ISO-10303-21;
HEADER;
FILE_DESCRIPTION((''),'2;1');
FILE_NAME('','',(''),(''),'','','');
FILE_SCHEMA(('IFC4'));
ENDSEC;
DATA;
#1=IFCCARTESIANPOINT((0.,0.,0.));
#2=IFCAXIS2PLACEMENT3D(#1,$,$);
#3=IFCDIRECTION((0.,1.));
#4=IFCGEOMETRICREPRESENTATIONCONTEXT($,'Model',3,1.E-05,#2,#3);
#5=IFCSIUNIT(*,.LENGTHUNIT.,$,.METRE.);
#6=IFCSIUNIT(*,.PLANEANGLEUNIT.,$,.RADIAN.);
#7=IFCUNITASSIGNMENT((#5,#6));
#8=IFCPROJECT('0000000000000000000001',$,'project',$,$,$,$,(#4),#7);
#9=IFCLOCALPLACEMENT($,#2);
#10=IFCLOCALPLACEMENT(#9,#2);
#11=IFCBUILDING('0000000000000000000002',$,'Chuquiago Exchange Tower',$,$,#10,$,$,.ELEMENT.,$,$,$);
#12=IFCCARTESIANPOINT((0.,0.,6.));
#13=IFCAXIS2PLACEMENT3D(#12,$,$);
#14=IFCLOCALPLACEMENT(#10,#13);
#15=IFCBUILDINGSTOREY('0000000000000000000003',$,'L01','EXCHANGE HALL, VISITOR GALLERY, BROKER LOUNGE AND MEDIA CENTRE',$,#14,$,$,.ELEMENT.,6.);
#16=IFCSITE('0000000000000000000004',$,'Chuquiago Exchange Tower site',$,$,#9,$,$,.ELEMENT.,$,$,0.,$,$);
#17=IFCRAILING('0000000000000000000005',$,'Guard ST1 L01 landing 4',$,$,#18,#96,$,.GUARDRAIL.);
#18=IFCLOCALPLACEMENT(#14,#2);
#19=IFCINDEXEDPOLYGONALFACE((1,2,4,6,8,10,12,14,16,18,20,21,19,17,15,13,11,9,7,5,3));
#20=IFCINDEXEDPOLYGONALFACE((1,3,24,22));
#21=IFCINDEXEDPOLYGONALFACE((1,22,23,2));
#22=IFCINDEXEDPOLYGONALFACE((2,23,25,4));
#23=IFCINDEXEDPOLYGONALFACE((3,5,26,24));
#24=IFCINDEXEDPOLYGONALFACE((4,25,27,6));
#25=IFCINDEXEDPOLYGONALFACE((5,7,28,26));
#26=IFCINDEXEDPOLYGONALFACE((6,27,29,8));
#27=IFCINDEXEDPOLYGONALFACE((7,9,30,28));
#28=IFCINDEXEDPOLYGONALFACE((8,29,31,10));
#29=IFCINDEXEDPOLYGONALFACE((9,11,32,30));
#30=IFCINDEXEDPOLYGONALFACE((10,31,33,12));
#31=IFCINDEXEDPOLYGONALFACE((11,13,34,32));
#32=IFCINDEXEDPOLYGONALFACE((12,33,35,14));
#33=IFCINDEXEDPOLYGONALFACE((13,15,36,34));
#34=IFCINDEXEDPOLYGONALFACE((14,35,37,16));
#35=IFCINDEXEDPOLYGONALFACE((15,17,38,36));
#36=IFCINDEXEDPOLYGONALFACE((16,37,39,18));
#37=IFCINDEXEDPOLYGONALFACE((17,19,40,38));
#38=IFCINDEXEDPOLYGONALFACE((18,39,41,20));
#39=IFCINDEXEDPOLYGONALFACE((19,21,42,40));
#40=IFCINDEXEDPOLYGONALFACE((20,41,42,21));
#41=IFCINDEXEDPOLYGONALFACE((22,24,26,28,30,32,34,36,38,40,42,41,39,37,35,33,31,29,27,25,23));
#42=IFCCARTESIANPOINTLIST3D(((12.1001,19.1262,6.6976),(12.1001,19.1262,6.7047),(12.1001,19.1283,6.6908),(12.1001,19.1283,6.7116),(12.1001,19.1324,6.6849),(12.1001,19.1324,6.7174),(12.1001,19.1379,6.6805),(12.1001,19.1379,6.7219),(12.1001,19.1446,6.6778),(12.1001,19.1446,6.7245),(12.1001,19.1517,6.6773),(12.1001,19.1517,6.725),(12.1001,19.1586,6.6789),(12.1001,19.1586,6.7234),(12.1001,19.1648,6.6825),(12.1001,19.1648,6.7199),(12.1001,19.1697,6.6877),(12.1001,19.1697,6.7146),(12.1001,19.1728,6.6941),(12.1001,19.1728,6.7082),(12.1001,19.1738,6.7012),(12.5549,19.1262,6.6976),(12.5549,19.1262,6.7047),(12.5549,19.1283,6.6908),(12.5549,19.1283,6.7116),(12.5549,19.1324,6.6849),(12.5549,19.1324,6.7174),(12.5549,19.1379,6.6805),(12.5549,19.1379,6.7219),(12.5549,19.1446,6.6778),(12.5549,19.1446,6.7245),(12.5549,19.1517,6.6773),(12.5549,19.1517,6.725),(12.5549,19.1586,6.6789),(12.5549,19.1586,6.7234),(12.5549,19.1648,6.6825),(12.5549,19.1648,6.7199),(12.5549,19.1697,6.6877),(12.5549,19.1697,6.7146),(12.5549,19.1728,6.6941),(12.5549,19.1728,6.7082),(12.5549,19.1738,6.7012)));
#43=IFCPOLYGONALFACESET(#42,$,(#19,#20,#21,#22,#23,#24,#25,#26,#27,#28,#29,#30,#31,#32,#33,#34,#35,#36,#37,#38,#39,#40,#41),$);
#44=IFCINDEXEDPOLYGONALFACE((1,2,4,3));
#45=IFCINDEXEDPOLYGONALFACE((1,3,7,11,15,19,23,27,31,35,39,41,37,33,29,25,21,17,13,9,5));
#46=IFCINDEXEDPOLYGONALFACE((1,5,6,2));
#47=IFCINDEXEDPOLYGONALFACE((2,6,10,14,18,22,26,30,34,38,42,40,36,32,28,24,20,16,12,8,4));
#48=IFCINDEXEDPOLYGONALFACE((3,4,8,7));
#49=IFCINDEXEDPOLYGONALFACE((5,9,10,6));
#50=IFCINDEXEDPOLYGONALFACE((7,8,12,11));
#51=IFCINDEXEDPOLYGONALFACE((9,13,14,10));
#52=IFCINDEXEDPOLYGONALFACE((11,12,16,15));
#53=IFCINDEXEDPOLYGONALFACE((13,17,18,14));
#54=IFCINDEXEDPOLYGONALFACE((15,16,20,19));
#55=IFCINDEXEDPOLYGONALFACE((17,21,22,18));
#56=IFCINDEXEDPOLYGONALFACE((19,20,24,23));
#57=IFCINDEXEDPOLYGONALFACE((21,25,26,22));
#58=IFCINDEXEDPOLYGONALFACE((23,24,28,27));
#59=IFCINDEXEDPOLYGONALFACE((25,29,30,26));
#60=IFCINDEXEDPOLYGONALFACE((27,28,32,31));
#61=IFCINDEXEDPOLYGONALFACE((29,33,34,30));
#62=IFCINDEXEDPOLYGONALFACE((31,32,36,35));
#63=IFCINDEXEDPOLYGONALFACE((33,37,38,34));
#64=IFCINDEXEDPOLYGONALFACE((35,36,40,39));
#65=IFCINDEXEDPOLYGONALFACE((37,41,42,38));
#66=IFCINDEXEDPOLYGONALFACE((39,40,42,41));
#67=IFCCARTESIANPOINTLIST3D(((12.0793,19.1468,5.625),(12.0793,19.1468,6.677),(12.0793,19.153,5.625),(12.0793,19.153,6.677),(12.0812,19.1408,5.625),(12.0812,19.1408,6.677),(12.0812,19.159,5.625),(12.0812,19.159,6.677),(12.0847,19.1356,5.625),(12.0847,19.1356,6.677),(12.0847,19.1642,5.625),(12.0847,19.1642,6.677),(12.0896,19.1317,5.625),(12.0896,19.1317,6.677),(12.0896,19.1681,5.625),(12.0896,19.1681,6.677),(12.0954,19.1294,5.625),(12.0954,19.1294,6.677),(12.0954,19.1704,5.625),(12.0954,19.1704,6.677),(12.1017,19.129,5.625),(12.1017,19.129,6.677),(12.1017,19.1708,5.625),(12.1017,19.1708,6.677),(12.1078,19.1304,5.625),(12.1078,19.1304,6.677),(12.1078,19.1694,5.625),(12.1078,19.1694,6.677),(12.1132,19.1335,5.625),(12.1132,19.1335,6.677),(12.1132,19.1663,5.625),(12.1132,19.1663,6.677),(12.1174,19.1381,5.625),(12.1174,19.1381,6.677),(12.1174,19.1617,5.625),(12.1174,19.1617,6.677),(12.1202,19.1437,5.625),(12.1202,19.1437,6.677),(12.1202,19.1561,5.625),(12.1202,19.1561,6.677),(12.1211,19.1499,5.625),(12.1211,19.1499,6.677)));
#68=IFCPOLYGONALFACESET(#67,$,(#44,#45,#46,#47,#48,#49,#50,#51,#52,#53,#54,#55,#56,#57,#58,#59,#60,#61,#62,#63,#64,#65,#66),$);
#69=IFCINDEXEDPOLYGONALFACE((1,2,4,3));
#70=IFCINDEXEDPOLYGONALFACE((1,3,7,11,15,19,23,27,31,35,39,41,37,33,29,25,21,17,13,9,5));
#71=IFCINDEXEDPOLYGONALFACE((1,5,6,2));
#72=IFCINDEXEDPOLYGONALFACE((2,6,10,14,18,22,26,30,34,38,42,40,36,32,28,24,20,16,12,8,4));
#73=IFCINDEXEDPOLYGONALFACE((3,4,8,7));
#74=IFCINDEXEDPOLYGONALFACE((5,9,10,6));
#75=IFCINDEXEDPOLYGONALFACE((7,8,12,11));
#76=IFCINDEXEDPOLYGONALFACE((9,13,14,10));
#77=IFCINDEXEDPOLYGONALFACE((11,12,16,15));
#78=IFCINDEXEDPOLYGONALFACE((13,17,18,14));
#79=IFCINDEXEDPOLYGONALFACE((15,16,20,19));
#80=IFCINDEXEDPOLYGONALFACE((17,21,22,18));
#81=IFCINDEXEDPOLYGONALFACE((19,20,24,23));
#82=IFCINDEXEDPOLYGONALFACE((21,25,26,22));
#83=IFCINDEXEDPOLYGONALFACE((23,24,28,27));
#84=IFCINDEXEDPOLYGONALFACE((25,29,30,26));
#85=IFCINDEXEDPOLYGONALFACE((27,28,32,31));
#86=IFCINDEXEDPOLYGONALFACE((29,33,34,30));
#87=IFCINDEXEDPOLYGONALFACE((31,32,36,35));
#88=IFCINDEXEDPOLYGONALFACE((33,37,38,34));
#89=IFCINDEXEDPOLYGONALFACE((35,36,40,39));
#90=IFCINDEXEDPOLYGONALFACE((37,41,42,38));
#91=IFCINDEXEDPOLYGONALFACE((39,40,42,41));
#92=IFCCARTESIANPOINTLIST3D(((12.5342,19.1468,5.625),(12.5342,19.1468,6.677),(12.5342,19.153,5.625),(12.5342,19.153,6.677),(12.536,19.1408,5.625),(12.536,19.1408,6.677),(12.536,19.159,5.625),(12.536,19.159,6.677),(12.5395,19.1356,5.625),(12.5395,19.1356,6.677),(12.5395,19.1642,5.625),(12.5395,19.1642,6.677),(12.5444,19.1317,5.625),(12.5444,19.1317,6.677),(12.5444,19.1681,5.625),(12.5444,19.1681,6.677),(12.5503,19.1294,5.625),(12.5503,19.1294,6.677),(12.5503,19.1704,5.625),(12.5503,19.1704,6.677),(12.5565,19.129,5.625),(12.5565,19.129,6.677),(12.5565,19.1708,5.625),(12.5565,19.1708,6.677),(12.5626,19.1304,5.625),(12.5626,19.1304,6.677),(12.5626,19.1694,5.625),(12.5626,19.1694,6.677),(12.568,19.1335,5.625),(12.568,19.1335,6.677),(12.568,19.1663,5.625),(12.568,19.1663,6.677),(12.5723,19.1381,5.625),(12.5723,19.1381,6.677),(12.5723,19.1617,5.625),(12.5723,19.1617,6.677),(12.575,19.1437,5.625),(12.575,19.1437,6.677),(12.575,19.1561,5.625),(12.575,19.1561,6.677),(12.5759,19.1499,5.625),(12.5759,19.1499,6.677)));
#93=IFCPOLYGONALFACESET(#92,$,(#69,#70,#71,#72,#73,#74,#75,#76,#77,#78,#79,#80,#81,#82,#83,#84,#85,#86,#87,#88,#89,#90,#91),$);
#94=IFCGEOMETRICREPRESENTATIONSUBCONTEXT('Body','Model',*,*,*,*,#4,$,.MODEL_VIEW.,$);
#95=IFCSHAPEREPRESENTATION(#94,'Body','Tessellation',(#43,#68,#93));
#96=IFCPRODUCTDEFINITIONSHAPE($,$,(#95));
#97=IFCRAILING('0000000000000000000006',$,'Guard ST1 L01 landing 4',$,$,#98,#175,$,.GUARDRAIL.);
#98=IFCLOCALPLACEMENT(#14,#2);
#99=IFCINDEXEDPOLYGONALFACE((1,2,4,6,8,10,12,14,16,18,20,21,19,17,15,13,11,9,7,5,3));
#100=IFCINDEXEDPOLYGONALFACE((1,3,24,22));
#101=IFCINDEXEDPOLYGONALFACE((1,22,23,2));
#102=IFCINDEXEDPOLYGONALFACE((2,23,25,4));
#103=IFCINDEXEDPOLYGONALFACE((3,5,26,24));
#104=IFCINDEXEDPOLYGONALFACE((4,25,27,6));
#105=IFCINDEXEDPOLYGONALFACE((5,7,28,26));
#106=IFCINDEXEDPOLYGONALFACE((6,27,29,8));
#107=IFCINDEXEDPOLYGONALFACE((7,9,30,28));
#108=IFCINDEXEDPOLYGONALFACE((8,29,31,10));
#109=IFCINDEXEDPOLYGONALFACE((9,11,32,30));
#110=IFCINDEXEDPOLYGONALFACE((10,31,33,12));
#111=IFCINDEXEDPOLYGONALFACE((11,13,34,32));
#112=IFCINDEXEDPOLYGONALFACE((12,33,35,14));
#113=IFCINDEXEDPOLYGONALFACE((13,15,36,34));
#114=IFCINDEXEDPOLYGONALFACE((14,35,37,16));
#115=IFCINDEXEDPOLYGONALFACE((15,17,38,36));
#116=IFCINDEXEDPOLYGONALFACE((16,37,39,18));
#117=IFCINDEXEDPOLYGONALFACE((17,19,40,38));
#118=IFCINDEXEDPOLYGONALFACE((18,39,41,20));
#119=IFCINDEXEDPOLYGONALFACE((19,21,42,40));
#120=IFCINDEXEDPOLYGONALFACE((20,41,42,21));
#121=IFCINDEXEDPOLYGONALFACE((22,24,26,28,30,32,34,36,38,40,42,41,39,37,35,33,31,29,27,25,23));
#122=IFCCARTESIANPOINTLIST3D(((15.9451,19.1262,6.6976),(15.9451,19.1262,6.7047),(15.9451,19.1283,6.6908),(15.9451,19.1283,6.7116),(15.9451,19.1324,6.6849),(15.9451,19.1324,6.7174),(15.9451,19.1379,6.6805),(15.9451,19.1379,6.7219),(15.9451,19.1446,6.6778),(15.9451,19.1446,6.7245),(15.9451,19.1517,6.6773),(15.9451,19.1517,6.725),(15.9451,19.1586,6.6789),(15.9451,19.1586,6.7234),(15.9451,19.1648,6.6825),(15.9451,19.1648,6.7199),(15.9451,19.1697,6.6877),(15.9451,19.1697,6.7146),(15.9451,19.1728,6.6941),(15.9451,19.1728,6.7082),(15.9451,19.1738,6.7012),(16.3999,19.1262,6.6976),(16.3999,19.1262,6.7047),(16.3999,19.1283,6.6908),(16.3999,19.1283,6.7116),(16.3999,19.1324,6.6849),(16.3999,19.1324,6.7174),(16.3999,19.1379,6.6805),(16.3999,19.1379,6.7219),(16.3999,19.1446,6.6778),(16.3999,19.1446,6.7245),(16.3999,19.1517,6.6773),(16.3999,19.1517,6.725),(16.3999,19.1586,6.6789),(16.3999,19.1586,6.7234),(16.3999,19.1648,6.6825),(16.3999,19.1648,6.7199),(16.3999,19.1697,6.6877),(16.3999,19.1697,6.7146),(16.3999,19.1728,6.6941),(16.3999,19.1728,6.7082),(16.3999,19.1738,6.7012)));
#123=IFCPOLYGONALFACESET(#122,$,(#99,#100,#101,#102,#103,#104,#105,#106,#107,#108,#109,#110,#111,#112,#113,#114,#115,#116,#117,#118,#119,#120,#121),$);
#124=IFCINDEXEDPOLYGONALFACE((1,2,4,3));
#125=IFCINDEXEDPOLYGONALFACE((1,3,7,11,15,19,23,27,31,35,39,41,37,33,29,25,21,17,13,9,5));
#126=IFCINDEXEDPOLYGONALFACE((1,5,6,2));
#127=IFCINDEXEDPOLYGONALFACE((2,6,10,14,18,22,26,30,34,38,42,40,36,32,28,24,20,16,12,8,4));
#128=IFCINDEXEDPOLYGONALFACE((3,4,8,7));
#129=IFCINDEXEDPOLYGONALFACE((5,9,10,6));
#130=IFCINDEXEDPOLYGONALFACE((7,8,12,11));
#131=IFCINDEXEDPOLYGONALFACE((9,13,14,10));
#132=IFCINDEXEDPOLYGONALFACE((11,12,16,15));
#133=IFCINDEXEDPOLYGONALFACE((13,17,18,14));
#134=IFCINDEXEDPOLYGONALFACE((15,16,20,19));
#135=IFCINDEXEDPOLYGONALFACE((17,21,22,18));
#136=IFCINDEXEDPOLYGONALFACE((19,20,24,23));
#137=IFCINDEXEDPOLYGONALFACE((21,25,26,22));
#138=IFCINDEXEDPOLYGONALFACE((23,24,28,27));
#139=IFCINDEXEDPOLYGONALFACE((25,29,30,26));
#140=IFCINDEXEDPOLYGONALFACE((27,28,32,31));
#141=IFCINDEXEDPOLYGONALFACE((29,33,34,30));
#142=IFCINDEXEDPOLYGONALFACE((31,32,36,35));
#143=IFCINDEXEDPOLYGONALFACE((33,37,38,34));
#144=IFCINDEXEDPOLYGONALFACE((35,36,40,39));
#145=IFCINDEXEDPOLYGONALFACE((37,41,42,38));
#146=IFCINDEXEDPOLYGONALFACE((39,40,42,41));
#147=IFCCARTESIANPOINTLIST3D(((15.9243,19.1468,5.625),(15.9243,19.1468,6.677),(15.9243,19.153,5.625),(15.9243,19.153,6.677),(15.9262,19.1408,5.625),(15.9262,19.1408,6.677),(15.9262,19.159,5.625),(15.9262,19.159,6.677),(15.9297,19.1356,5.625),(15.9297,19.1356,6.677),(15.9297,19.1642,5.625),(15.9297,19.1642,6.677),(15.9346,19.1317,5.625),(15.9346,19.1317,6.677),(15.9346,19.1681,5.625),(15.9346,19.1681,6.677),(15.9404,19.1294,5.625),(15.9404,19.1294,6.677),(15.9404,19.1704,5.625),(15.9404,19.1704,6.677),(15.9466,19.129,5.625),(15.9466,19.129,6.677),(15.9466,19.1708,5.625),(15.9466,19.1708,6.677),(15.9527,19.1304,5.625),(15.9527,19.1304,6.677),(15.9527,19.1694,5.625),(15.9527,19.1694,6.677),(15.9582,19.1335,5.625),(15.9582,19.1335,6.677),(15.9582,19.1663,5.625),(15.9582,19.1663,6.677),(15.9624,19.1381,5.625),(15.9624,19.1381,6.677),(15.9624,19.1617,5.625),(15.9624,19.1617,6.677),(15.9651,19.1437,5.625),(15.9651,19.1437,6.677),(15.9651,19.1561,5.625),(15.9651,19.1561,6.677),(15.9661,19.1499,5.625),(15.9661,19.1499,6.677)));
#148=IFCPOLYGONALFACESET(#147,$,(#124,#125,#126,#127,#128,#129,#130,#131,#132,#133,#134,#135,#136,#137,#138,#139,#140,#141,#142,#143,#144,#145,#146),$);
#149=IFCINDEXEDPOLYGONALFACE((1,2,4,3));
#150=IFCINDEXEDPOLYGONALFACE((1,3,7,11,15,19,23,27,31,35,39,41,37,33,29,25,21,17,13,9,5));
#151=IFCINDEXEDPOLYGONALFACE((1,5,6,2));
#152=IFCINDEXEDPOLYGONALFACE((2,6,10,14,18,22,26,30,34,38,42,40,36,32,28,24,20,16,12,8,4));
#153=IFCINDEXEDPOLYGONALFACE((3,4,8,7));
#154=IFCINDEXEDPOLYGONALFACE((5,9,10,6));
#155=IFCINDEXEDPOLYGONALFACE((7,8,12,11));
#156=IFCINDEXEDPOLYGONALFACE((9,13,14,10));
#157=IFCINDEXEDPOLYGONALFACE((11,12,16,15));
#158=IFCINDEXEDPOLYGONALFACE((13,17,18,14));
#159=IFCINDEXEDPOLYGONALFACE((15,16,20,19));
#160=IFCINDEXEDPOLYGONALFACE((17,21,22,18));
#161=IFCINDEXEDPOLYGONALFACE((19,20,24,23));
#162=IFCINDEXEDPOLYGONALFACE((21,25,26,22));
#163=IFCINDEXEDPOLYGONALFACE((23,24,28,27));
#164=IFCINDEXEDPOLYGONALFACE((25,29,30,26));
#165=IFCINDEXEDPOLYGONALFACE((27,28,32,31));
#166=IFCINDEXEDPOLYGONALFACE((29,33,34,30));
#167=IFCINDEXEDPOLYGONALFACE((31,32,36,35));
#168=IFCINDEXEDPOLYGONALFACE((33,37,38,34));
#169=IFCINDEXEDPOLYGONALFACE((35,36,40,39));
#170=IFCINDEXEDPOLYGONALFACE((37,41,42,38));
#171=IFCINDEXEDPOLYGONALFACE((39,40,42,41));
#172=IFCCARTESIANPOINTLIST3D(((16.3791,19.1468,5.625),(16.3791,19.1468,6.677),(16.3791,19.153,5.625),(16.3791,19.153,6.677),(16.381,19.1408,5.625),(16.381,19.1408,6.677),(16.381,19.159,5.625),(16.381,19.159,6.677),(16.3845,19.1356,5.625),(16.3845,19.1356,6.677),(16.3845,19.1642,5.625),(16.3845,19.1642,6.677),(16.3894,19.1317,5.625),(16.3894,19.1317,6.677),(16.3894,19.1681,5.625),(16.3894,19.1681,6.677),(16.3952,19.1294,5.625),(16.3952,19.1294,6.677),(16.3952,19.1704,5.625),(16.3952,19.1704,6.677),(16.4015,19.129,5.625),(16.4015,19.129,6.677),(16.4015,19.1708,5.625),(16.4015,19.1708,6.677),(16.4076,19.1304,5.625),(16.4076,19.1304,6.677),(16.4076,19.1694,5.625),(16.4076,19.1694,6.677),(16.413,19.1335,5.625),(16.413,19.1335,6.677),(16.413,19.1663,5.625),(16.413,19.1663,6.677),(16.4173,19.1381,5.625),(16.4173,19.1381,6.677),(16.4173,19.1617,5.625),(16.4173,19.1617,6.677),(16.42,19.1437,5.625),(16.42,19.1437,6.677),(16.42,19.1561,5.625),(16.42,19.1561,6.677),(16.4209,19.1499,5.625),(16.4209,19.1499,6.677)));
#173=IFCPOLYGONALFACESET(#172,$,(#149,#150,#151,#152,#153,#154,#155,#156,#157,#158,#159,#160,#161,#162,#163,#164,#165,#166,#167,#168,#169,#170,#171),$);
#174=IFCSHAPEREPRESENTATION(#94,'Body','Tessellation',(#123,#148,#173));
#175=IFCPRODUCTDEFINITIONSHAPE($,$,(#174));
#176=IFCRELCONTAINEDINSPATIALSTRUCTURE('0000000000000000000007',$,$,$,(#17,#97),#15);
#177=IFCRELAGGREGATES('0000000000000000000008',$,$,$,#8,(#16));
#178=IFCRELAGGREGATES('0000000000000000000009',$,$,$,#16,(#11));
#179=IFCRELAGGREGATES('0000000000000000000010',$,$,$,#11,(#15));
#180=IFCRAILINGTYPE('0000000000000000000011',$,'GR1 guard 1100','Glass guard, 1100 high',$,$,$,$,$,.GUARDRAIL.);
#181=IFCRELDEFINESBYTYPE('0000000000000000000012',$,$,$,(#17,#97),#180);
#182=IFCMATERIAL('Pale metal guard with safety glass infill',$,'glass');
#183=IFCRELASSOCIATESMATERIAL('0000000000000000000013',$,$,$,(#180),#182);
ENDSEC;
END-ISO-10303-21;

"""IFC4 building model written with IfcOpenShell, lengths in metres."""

from ifc_helpers import new_model, si_unit, direction, frame, origin, origin_2d, place, context, subcontext, project, spatial, circle, extrude, material, type_object, element, save


model = new_model("IFC4")

# Units and contexts
model_context = context("Model", 3, precision=1e-05, world=origin(), true_north=direction((0.0, 1.0)))
body_context = subcontext(model_context, "Body", "Model", "MODEL_VIEW")
ifc_project = project(units=[si_unit("LENGTHUNIT", "METRE"), si_unit("PLANEANGLEUNIT", "RADIAN")], contexts=[model_context])

# Site, building, storey
site_placement = place(None, origin())
site = spatial("IfcSite", under=ifc_project, at=site_placement, Name="Chuquiago Exchange Tower site", CompositionType="ELEMENT", RefElevation=0.0)
building_placement = place(site_placement, origin())
building = spatial("IfcBuilding", under=site, at=building_placement, Name="Chuquiago Exchange Tower", CompositionType="ELEMENT")
storey_placement = place(building_placement, frame((0.0, 0.0, 6.0)))
storey = spatial("IfcBuildingStorey", under=building, at=storey_placement, Name="L01", Description="EXCHANGE HALL, VISITOR GALLERY, BROKER LOUNGE AND MEDIA CENTRE", CompositionType="ELEMENT", Elevation=6.0)

# Railings
ifc_material_1 = material(Name="Pale metal guard with safety glass infill", Category="glass")
railing_type_1 = type_object("IfcRailingType", Name="GR1 guard 1100", Description="Glass guard, 1100 high", PredefinedType="GUARDRAIL", material=ifc_material_1)
for number, where, name in (
    (1, (12.1001, 19.1499, 5.625), "Guard ST1 L01 landing 4"),
    (2, (15.9451, 19.1499, 5.625), "Guard ST1 L01 landing 4"),
):
    element("IfcRailing", number, at=place(storey_placement, frame(where)), inside=storey, type_object=railing_type_1, Name=name, PredefinedType="GUARDRAIL", context=body_context, shape_type="SweptSolid", body=[
        extrude(circle(Radius=0.0239, at=origin_2d()), frame((0.0, 0.0, 1.0762), z_axis=(1.0, 0.0, 0.0), x_axis=(0.0, 1.0, 0.0)), (0.0, 0.0, 1.0), 0.4548),
        extrude(circle(Radius=0.021, at=origin_2d()), origin(), (0.0, 0.0, 1.0), 1.052),
        extrude(circle(Radius=0.021, at=origin_2d()), frame((0.4548, 0.0, 0.0)), (0.0, 0.0, 1.0), 1.052),
    ])

save(model, "model.ifc")
